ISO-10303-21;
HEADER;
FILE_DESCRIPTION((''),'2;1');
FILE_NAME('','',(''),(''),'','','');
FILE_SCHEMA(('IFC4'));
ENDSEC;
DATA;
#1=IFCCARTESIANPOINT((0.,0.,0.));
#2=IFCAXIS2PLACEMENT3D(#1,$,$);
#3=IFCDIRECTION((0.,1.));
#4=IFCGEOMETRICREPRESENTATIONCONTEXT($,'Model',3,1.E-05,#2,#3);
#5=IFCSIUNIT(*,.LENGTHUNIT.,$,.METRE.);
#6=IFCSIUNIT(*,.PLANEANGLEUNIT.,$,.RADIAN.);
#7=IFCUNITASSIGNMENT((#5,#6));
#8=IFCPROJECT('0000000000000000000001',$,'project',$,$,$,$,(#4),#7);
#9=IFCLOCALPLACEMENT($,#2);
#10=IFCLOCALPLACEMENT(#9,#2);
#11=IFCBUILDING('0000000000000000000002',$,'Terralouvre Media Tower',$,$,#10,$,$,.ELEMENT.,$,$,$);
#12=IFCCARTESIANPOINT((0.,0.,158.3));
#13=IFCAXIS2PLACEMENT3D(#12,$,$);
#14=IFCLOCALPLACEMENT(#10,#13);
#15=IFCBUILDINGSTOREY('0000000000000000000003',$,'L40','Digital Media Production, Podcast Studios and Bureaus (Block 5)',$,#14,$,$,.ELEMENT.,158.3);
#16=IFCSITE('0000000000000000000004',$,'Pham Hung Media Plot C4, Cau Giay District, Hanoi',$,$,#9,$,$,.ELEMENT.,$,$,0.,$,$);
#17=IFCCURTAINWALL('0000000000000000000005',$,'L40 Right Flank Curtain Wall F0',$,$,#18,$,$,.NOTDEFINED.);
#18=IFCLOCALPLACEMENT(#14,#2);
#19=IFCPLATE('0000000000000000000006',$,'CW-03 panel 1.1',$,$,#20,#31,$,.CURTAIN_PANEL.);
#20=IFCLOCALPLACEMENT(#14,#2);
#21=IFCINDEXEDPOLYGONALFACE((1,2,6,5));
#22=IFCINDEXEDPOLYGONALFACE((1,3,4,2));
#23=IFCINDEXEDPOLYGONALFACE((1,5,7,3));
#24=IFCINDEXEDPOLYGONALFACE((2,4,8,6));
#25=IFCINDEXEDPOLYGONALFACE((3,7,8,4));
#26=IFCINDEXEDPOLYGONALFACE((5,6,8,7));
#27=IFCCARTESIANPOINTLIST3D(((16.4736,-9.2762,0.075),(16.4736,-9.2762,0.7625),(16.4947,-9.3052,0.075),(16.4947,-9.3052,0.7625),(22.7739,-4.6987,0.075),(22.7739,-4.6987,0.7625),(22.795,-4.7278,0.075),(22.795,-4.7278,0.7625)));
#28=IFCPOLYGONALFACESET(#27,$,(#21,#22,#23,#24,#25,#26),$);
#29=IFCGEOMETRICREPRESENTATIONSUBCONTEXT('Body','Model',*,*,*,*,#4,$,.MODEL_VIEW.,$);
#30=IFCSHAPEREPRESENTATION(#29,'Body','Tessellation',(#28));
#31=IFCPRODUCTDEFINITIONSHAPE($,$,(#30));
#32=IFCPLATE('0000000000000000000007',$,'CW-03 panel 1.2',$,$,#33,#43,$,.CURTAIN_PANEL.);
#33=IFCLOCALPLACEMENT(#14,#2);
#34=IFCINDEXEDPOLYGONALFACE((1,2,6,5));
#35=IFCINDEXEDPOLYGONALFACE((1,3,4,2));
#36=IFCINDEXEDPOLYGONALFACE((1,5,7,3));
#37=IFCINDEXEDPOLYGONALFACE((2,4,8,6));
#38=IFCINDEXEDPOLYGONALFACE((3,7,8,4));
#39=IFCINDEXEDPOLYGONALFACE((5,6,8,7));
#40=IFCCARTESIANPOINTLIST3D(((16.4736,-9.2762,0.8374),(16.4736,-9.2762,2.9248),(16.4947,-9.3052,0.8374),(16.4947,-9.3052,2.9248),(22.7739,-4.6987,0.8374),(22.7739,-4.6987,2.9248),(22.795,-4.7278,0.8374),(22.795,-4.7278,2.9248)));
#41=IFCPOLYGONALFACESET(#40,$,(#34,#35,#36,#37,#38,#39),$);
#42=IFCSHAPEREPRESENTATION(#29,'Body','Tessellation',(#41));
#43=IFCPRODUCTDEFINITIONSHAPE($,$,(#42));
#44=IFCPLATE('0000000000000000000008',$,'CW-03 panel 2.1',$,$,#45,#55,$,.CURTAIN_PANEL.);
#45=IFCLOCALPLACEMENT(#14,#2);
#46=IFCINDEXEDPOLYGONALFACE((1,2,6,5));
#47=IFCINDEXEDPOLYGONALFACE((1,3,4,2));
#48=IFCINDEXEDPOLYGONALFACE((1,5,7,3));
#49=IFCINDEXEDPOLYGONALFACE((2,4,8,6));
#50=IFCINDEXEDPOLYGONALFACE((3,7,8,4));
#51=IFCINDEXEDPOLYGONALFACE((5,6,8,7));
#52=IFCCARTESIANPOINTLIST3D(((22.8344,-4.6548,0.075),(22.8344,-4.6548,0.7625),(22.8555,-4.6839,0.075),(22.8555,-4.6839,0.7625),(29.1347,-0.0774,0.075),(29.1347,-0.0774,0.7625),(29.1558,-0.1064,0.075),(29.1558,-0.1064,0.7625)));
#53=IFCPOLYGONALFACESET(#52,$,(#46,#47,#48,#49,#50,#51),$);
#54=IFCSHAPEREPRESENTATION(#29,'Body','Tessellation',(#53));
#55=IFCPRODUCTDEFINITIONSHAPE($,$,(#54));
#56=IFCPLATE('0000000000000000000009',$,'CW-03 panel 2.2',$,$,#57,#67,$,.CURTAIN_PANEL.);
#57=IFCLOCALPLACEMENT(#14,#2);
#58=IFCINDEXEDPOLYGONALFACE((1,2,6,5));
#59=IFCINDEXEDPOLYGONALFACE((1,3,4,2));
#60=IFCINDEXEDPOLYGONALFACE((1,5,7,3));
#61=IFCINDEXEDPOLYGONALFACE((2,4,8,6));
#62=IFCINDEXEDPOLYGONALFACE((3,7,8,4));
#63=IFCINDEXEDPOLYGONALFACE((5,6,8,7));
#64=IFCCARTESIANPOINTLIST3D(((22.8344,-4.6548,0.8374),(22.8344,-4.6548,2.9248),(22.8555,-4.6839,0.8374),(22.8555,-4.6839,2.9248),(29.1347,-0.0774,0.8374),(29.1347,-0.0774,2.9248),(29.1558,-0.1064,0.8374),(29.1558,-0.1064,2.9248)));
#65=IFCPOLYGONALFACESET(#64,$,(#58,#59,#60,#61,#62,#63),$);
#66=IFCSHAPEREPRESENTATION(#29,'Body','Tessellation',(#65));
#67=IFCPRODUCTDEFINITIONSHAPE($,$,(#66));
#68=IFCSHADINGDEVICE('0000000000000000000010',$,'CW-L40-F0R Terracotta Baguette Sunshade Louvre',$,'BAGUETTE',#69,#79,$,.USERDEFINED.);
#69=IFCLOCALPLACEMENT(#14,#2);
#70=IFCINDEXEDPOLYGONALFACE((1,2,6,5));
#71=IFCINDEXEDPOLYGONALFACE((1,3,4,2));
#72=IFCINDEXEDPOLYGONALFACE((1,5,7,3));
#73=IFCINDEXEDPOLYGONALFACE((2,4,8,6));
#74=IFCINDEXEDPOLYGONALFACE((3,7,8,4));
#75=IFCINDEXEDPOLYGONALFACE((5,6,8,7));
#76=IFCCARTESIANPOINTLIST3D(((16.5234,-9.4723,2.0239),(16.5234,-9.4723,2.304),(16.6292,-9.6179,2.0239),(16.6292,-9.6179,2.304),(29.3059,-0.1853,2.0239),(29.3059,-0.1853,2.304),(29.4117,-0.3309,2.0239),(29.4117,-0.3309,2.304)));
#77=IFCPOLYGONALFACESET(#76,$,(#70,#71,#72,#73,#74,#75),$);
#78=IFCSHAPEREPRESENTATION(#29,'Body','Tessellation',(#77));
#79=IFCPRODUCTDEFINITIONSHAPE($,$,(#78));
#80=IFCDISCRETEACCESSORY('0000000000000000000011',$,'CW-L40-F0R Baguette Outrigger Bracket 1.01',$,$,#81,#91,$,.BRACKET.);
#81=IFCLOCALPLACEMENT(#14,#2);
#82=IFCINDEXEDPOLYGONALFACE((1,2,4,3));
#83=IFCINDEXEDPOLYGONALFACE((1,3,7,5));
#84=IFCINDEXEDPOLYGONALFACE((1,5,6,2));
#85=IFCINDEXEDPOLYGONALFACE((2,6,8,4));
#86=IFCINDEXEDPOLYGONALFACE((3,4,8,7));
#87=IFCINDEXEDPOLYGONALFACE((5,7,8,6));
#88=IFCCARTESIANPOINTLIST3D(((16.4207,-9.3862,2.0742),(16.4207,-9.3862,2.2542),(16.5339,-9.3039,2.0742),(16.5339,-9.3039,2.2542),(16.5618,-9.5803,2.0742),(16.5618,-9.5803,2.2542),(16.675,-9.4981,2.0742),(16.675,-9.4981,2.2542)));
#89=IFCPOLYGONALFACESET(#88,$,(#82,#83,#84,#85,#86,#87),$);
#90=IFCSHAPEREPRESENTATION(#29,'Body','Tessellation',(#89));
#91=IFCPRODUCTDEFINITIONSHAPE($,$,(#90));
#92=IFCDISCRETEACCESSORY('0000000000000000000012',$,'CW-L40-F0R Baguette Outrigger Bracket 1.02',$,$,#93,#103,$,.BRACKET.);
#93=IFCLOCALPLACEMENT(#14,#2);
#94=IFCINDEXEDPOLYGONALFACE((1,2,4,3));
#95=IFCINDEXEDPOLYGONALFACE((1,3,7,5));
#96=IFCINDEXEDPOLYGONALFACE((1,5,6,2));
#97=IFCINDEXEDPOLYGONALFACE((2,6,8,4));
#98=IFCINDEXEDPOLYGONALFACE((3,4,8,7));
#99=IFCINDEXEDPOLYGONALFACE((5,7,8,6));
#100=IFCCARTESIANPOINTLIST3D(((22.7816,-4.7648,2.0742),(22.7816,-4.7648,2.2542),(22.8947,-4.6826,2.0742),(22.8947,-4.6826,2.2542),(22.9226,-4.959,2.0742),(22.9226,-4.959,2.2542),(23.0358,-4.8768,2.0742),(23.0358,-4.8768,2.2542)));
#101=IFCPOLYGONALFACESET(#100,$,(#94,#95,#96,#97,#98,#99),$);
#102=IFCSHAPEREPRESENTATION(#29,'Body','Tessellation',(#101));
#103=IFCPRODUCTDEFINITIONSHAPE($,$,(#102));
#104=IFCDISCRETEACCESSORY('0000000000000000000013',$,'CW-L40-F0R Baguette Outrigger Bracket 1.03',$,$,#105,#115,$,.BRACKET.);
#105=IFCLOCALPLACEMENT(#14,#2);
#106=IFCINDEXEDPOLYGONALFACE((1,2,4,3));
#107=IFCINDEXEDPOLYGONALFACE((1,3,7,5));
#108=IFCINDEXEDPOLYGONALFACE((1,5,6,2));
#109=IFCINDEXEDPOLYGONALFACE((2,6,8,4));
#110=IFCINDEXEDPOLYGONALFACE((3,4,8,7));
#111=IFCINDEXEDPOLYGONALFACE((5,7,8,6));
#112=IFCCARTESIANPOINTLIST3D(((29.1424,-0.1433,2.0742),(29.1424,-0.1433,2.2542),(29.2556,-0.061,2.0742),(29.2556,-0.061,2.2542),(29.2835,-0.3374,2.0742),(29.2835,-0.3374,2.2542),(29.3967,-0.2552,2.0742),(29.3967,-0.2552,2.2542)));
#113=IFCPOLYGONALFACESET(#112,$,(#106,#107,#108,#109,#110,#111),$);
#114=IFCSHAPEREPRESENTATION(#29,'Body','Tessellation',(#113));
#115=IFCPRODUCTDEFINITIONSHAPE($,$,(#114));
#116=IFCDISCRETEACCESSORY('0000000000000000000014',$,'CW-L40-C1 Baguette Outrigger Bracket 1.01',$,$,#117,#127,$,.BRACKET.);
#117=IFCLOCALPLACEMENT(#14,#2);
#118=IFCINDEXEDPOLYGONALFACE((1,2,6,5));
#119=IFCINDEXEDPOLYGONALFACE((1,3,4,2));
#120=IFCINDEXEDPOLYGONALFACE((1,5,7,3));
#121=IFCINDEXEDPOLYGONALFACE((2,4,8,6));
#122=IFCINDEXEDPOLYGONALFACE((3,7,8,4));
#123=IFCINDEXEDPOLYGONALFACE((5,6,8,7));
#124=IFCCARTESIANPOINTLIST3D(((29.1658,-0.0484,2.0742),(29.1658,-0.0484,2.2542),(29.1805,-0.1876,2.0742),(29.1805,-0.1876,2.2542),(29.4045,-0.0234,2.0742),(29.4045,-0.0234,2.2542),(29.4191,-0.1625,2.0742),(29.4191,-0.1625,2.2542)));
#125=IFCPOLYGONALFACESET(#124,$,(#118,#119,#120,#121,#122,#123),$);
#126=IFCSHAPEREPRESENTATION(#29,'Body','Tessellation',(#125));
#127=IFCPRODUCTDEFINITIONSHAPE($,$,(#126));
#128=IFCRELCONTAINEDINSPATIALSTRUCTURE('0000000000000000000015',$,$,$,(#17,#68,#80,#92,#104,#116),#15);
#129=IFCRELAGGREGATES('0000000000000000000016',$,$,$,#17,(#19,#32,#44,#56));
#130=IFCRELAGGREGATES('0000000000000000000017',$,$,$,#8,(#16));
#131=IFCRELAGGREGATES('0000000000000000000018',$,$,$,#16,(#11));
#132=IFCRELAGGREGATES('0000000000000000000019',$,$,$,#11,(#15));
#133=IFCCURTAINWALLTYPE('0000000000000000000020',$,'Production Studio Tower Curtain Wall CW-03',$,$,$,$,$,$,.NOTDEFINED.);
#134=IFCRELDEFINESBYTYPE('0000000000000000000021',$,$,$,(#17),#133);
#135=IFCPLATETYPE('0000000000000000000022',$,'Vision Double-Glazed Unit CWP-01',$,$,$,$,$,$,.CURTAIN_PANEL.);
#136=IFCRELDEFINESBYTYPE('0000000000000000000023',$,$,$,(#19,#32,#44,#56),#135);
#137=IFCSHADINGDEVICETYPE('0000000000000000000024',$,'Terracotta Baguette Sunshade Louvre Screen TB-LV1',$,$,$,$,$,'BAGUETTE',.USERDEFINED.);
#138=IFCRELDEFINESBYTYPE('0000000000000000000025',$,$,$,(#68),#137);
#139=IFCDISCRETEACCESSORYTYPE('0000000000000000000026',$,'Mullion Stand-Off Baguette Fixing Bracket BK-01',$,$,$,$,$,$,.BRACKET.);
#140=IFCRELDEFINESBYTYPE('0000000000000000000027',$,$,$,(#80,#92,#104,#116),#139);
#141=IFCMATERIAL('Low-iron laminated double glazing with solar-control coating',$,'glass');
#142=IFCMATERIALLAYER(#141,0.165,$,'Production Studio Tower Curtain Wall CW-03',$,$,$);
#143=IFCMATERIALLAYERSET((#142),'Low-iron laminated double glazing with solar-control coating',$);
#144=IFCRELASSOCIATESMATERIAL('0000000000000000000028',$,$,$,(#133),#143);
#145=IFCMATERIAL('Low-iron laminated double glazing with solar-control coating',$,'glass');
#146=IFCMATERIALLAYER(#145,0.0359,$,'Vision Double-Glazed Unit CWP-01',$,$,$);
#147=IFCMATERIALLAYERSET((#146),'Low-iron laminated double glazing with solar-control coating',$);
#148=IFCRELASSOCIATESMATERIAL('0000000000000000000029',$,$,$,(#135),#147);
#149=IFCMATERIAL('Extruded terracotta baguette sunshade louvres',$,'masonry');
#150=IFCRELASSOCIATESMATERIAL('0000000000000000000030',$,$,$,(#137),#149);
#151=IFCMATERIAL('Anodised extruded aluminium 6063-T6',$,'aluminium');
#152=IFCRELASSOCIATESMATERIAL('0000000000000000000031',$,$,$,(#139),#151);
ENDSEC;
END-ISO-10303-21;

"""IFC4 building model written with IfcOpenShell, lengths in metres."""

from ifc_helpers import new_model, si_unit, direction, frame, origin, origin_2d, place, context, subcontext, project, spatial, rectangle, extrude, material, layer, layer_set, type_object, element, aggregate, save


model = new_model("IFC4")

# Units and contexts
model_context = context("Model", 3, precision=1e-05, world=origin(), true_north=direction((0.0, 1.0)))
body_context = subcontext(model_context, "Body", "Model", "MODEL_VIEW")
ifc_project = project(units=[si_unit("LENGTHUNIT", "METRE"), si_unit("PLANEANGLEUNIT", "RADIAN")], contexts=[model_context])

# Site, building, storey
site_placement = place(None, origin())
site = spatial("IfcSite", under=ifc_project, at=site_placement, Name="Pham Hung Media Plot C4, Cau Giay District, Hanoi", CompositionType="ELEMENT", RefElevation=0.0)
building_placement = place(site_placement, origin())
building = spatial("IfcBuilding", under=site, at=building_placement, Name="Terralouvre Media Tower", CompositionType="ELEMENT")
storey_placement = place(building_placement, frame((0.0, 0.0, 158.3)))
storey = spatial("IfcBuildingStorey", under=building, at=storey_placement, Name="L40", Description="Digital Media Production, Podcast Studios and Bureaus (Block 5)", CompositionType="ELEMENT", Elevation=158.3)

# Curtain wall
ifc_material_1 = material(Name="Low-iron laminated double glazing with solar-control coating", Category="glass")
ifc_layer_1 = layer(ifc_material_1, 0.165, Name="Production Studio Tower Curtain Wall CW-03")
ifc_layer_set_1 = layer_set([ifc_layer_1], Name="Low-iron laminated double glazing with solar-control coating")
curtain_wall_type_1 = type_object("IfcCurtainWallType", Name="Production Studio Tower Curtain Wall CW-03", PredefinedType="NOTDEFINED", material=ifc_layer_set_1)
curtain_wall_1_placement = place(storey_placement, origin())
curtain_wall_1 = element("IfcCurtainWall", 1, at=curtain_wall_1_placement, inside=storey, type_object=curtain_wall_type_1, Name="L40 Right Flank Curtain Wall F0", PredefinedType="NOTDEFINED")

# Plates
ifc_material_2 = material(Name="Low-iron laminated double glazing with solar-control coating", Category="glass")
ifc_layer_2 = layer(ifc_material_2, 0.0359, Name="Vision Double-Glazed Unit CWP-01")
ifc_layer_set_2 = layer_set([ifc_layer_2], Name="Low-iron laminated double glazing with solar-control coating")
plate_type = type_object("IfcPlateType", Name="Vision Double-Glazed Unit CWP-01", PredefinedType="CURTAIN_PANEL", material=ifc_layer_set_2)
plate_1_placement = place(storey_placement, frame((19.6343, -7.002, 0.075), z_axis=(0.0, 0.0, 1.0), x_axis=(0.809017, 0.587786, 0.0)))
plate_1 = element("IfcPlate", 2, at=plate_1_placement, type_object=plate_type, Name="CW-03 panel 1.1", PredefinedType="CURTAIN_PANEL", context=body_context, shape_type="SweptSolid", body=[
    extrude(rectangle(XDim=7.7876, YDim=0.0359, at=origin_2d()), origin(), (0.0, 0.0, 1.0), 0.6875),
])
plate_2_placement = place(storey_placement, frame((19.6343, -7.002, 0.8374), z_axis=(0.0, 0.0, 1.0), x_axis=(0.809017, 0.587786, 0.0)))
plate_2 = element("IfcPlate", 3, at=plate_2_placement, type_object=plate_type, Name="CW-03 panel 1.2", PredefinedType="CURTAIN_PANEL", context=body_context, shape_type="SweptSolid", body=[
    extrude(rectangle(XDim=7.7876, YDim=0.0359, at=origin_2d()), origin(), (0.0, 0.0, 1.0), 2.0874),
])
plate_3_placement = place(storey_placement, frame((25.9951, -2.3806, 0.075), z_axis=(0.0, 0.0, 1.0), x_axis=(0.809017, 0.587786, 0.0)))
plate_3 = element("IfcPlate", 4, at=plate_3_placement, type_object=plate_type, Name="CW-03 panel 2.1", PredefinedType="CURTAIN_PANEL", context=body_context, shape_type="SweptSolid", body=[
    extrude(rectangle(XDim=7.7876, YDim=0.0359, at=origin_2d()), origin(), (0.0, 0.0, 1.0), 0.6875),
])
plate_4_placement = place(storey_placement, frame((25.9951, -2.3806, 0.8374), z_axis=(0.0, 0.0, 1.0), x_axis=(0.809017, 0.587786, 0.0)))
plate_4 = element("IfcPlate", 5, at=plate_4_placement, type_object=plate_type, Name="CW-03 panel 2.2", PredefinedType="CURTAIN_PANEL", context=body_context, shape_type="SweptSolid", body=[
    extrude(rectangle(XDim=7.7876, YDim=0.0359, at=origin_2d()), origin(), (0.0, 0.0, 1.0), 2.0874),
])
aggregate(curtain_wall_1, [plate_1, plate_2, plate_3, plate_4])

# Shading device
ifc_material_3 = material(Name="Extruded terracotta baguette sunshade louvres", Category="masonry")
shading_device_type = type_object("IfcShadingDeviceType", Name="Terracotta Baguette Sunshade Louvre Screen TB-LV1", ElementType="BAGUETTE", PredefinedType="USERDEFINED", material=ifc_material_3)
shading_device_placement = place(storey_placement, frame((22.9675, -4.9016, 2.0239), z_axis=(0.0, 0.0, 1.0), x_axis=(0.809017, 0.587786, 0.0)))
element("IfcShadingDevice", 6, at=shading_device_placement, inside=storey, type_object=shading_device_type, Name="CW-L40-F0R Terracotta Baguette Sunshade Louvre", ObjectType="BAGUETTE", PredefinedType="USERDEFINED", context=body_context, shape_type="SweptSolid", body=[
    extrude(rectangle(XDim=15.8, YDim=0.1799, at=origin_2d()), origin(), (0.0, 0.0, 1.0), 0.28),
])

# Discrete accessories
ifc_material_4 = material(Name="Anodised extruded aluminium 6063-T6", Category="aluminium")
discrete_accessory_type = type_object("IfcDiscreteAccessoryType", Name="Mullion Stand-Off Baguette Fixing Bracket BK-01", PredefinedType="BRACKET", material=ifc_material_4)
for number, where, z_axis, x_axis, name in (
    (7, (16.5479, -9.4421, 2.0742), (0.0, 0.0, 1.0), (0.809017, 0.587786, 0.0), "CW-L40-F0R Baguette Outrigger Bracket 1.01"),
    (8, (22.9087, -4.8208, 2.0742), (0.0, 0.0, 1.0), (0.809017, 0.587786, 0.0), "CW-L40-F0R Baguette Outrigger Bracket 1.02"),
    (9, (29.2695, -0.1992, 2.0742), (0.0, 0.0, 1.0), (0.809017, 0.587786, 0.0), "CW-L40-F0R Baguette Outrigger Bracket 1.03"),
    (10, (29.2925, -0.1055, 2.0742), (0.0, 0.0, 1.0), (-0.104529, 0.994522, 0.0), "CW-L40-C1 Baguette Outrigger Bracket 1.01"),
):
    element("IfcDiscreteAccessory", number, at=place(storey_placement, frame(where, z_axis=z_axis, x_axis=x_axis)), inside=storey, type_object=discrete_accessory_type, Name=name, PredefinedType="BRACKET", context=body_context, shape_type="SweptSolid", body=[
        extrude(rectangle(XDim=0.1399, YDim=0.24, at=origin_2d()), origin(), (0.0, 0.0, 1.0), 0.1799),
    ])

save(model, "model.ifc")
